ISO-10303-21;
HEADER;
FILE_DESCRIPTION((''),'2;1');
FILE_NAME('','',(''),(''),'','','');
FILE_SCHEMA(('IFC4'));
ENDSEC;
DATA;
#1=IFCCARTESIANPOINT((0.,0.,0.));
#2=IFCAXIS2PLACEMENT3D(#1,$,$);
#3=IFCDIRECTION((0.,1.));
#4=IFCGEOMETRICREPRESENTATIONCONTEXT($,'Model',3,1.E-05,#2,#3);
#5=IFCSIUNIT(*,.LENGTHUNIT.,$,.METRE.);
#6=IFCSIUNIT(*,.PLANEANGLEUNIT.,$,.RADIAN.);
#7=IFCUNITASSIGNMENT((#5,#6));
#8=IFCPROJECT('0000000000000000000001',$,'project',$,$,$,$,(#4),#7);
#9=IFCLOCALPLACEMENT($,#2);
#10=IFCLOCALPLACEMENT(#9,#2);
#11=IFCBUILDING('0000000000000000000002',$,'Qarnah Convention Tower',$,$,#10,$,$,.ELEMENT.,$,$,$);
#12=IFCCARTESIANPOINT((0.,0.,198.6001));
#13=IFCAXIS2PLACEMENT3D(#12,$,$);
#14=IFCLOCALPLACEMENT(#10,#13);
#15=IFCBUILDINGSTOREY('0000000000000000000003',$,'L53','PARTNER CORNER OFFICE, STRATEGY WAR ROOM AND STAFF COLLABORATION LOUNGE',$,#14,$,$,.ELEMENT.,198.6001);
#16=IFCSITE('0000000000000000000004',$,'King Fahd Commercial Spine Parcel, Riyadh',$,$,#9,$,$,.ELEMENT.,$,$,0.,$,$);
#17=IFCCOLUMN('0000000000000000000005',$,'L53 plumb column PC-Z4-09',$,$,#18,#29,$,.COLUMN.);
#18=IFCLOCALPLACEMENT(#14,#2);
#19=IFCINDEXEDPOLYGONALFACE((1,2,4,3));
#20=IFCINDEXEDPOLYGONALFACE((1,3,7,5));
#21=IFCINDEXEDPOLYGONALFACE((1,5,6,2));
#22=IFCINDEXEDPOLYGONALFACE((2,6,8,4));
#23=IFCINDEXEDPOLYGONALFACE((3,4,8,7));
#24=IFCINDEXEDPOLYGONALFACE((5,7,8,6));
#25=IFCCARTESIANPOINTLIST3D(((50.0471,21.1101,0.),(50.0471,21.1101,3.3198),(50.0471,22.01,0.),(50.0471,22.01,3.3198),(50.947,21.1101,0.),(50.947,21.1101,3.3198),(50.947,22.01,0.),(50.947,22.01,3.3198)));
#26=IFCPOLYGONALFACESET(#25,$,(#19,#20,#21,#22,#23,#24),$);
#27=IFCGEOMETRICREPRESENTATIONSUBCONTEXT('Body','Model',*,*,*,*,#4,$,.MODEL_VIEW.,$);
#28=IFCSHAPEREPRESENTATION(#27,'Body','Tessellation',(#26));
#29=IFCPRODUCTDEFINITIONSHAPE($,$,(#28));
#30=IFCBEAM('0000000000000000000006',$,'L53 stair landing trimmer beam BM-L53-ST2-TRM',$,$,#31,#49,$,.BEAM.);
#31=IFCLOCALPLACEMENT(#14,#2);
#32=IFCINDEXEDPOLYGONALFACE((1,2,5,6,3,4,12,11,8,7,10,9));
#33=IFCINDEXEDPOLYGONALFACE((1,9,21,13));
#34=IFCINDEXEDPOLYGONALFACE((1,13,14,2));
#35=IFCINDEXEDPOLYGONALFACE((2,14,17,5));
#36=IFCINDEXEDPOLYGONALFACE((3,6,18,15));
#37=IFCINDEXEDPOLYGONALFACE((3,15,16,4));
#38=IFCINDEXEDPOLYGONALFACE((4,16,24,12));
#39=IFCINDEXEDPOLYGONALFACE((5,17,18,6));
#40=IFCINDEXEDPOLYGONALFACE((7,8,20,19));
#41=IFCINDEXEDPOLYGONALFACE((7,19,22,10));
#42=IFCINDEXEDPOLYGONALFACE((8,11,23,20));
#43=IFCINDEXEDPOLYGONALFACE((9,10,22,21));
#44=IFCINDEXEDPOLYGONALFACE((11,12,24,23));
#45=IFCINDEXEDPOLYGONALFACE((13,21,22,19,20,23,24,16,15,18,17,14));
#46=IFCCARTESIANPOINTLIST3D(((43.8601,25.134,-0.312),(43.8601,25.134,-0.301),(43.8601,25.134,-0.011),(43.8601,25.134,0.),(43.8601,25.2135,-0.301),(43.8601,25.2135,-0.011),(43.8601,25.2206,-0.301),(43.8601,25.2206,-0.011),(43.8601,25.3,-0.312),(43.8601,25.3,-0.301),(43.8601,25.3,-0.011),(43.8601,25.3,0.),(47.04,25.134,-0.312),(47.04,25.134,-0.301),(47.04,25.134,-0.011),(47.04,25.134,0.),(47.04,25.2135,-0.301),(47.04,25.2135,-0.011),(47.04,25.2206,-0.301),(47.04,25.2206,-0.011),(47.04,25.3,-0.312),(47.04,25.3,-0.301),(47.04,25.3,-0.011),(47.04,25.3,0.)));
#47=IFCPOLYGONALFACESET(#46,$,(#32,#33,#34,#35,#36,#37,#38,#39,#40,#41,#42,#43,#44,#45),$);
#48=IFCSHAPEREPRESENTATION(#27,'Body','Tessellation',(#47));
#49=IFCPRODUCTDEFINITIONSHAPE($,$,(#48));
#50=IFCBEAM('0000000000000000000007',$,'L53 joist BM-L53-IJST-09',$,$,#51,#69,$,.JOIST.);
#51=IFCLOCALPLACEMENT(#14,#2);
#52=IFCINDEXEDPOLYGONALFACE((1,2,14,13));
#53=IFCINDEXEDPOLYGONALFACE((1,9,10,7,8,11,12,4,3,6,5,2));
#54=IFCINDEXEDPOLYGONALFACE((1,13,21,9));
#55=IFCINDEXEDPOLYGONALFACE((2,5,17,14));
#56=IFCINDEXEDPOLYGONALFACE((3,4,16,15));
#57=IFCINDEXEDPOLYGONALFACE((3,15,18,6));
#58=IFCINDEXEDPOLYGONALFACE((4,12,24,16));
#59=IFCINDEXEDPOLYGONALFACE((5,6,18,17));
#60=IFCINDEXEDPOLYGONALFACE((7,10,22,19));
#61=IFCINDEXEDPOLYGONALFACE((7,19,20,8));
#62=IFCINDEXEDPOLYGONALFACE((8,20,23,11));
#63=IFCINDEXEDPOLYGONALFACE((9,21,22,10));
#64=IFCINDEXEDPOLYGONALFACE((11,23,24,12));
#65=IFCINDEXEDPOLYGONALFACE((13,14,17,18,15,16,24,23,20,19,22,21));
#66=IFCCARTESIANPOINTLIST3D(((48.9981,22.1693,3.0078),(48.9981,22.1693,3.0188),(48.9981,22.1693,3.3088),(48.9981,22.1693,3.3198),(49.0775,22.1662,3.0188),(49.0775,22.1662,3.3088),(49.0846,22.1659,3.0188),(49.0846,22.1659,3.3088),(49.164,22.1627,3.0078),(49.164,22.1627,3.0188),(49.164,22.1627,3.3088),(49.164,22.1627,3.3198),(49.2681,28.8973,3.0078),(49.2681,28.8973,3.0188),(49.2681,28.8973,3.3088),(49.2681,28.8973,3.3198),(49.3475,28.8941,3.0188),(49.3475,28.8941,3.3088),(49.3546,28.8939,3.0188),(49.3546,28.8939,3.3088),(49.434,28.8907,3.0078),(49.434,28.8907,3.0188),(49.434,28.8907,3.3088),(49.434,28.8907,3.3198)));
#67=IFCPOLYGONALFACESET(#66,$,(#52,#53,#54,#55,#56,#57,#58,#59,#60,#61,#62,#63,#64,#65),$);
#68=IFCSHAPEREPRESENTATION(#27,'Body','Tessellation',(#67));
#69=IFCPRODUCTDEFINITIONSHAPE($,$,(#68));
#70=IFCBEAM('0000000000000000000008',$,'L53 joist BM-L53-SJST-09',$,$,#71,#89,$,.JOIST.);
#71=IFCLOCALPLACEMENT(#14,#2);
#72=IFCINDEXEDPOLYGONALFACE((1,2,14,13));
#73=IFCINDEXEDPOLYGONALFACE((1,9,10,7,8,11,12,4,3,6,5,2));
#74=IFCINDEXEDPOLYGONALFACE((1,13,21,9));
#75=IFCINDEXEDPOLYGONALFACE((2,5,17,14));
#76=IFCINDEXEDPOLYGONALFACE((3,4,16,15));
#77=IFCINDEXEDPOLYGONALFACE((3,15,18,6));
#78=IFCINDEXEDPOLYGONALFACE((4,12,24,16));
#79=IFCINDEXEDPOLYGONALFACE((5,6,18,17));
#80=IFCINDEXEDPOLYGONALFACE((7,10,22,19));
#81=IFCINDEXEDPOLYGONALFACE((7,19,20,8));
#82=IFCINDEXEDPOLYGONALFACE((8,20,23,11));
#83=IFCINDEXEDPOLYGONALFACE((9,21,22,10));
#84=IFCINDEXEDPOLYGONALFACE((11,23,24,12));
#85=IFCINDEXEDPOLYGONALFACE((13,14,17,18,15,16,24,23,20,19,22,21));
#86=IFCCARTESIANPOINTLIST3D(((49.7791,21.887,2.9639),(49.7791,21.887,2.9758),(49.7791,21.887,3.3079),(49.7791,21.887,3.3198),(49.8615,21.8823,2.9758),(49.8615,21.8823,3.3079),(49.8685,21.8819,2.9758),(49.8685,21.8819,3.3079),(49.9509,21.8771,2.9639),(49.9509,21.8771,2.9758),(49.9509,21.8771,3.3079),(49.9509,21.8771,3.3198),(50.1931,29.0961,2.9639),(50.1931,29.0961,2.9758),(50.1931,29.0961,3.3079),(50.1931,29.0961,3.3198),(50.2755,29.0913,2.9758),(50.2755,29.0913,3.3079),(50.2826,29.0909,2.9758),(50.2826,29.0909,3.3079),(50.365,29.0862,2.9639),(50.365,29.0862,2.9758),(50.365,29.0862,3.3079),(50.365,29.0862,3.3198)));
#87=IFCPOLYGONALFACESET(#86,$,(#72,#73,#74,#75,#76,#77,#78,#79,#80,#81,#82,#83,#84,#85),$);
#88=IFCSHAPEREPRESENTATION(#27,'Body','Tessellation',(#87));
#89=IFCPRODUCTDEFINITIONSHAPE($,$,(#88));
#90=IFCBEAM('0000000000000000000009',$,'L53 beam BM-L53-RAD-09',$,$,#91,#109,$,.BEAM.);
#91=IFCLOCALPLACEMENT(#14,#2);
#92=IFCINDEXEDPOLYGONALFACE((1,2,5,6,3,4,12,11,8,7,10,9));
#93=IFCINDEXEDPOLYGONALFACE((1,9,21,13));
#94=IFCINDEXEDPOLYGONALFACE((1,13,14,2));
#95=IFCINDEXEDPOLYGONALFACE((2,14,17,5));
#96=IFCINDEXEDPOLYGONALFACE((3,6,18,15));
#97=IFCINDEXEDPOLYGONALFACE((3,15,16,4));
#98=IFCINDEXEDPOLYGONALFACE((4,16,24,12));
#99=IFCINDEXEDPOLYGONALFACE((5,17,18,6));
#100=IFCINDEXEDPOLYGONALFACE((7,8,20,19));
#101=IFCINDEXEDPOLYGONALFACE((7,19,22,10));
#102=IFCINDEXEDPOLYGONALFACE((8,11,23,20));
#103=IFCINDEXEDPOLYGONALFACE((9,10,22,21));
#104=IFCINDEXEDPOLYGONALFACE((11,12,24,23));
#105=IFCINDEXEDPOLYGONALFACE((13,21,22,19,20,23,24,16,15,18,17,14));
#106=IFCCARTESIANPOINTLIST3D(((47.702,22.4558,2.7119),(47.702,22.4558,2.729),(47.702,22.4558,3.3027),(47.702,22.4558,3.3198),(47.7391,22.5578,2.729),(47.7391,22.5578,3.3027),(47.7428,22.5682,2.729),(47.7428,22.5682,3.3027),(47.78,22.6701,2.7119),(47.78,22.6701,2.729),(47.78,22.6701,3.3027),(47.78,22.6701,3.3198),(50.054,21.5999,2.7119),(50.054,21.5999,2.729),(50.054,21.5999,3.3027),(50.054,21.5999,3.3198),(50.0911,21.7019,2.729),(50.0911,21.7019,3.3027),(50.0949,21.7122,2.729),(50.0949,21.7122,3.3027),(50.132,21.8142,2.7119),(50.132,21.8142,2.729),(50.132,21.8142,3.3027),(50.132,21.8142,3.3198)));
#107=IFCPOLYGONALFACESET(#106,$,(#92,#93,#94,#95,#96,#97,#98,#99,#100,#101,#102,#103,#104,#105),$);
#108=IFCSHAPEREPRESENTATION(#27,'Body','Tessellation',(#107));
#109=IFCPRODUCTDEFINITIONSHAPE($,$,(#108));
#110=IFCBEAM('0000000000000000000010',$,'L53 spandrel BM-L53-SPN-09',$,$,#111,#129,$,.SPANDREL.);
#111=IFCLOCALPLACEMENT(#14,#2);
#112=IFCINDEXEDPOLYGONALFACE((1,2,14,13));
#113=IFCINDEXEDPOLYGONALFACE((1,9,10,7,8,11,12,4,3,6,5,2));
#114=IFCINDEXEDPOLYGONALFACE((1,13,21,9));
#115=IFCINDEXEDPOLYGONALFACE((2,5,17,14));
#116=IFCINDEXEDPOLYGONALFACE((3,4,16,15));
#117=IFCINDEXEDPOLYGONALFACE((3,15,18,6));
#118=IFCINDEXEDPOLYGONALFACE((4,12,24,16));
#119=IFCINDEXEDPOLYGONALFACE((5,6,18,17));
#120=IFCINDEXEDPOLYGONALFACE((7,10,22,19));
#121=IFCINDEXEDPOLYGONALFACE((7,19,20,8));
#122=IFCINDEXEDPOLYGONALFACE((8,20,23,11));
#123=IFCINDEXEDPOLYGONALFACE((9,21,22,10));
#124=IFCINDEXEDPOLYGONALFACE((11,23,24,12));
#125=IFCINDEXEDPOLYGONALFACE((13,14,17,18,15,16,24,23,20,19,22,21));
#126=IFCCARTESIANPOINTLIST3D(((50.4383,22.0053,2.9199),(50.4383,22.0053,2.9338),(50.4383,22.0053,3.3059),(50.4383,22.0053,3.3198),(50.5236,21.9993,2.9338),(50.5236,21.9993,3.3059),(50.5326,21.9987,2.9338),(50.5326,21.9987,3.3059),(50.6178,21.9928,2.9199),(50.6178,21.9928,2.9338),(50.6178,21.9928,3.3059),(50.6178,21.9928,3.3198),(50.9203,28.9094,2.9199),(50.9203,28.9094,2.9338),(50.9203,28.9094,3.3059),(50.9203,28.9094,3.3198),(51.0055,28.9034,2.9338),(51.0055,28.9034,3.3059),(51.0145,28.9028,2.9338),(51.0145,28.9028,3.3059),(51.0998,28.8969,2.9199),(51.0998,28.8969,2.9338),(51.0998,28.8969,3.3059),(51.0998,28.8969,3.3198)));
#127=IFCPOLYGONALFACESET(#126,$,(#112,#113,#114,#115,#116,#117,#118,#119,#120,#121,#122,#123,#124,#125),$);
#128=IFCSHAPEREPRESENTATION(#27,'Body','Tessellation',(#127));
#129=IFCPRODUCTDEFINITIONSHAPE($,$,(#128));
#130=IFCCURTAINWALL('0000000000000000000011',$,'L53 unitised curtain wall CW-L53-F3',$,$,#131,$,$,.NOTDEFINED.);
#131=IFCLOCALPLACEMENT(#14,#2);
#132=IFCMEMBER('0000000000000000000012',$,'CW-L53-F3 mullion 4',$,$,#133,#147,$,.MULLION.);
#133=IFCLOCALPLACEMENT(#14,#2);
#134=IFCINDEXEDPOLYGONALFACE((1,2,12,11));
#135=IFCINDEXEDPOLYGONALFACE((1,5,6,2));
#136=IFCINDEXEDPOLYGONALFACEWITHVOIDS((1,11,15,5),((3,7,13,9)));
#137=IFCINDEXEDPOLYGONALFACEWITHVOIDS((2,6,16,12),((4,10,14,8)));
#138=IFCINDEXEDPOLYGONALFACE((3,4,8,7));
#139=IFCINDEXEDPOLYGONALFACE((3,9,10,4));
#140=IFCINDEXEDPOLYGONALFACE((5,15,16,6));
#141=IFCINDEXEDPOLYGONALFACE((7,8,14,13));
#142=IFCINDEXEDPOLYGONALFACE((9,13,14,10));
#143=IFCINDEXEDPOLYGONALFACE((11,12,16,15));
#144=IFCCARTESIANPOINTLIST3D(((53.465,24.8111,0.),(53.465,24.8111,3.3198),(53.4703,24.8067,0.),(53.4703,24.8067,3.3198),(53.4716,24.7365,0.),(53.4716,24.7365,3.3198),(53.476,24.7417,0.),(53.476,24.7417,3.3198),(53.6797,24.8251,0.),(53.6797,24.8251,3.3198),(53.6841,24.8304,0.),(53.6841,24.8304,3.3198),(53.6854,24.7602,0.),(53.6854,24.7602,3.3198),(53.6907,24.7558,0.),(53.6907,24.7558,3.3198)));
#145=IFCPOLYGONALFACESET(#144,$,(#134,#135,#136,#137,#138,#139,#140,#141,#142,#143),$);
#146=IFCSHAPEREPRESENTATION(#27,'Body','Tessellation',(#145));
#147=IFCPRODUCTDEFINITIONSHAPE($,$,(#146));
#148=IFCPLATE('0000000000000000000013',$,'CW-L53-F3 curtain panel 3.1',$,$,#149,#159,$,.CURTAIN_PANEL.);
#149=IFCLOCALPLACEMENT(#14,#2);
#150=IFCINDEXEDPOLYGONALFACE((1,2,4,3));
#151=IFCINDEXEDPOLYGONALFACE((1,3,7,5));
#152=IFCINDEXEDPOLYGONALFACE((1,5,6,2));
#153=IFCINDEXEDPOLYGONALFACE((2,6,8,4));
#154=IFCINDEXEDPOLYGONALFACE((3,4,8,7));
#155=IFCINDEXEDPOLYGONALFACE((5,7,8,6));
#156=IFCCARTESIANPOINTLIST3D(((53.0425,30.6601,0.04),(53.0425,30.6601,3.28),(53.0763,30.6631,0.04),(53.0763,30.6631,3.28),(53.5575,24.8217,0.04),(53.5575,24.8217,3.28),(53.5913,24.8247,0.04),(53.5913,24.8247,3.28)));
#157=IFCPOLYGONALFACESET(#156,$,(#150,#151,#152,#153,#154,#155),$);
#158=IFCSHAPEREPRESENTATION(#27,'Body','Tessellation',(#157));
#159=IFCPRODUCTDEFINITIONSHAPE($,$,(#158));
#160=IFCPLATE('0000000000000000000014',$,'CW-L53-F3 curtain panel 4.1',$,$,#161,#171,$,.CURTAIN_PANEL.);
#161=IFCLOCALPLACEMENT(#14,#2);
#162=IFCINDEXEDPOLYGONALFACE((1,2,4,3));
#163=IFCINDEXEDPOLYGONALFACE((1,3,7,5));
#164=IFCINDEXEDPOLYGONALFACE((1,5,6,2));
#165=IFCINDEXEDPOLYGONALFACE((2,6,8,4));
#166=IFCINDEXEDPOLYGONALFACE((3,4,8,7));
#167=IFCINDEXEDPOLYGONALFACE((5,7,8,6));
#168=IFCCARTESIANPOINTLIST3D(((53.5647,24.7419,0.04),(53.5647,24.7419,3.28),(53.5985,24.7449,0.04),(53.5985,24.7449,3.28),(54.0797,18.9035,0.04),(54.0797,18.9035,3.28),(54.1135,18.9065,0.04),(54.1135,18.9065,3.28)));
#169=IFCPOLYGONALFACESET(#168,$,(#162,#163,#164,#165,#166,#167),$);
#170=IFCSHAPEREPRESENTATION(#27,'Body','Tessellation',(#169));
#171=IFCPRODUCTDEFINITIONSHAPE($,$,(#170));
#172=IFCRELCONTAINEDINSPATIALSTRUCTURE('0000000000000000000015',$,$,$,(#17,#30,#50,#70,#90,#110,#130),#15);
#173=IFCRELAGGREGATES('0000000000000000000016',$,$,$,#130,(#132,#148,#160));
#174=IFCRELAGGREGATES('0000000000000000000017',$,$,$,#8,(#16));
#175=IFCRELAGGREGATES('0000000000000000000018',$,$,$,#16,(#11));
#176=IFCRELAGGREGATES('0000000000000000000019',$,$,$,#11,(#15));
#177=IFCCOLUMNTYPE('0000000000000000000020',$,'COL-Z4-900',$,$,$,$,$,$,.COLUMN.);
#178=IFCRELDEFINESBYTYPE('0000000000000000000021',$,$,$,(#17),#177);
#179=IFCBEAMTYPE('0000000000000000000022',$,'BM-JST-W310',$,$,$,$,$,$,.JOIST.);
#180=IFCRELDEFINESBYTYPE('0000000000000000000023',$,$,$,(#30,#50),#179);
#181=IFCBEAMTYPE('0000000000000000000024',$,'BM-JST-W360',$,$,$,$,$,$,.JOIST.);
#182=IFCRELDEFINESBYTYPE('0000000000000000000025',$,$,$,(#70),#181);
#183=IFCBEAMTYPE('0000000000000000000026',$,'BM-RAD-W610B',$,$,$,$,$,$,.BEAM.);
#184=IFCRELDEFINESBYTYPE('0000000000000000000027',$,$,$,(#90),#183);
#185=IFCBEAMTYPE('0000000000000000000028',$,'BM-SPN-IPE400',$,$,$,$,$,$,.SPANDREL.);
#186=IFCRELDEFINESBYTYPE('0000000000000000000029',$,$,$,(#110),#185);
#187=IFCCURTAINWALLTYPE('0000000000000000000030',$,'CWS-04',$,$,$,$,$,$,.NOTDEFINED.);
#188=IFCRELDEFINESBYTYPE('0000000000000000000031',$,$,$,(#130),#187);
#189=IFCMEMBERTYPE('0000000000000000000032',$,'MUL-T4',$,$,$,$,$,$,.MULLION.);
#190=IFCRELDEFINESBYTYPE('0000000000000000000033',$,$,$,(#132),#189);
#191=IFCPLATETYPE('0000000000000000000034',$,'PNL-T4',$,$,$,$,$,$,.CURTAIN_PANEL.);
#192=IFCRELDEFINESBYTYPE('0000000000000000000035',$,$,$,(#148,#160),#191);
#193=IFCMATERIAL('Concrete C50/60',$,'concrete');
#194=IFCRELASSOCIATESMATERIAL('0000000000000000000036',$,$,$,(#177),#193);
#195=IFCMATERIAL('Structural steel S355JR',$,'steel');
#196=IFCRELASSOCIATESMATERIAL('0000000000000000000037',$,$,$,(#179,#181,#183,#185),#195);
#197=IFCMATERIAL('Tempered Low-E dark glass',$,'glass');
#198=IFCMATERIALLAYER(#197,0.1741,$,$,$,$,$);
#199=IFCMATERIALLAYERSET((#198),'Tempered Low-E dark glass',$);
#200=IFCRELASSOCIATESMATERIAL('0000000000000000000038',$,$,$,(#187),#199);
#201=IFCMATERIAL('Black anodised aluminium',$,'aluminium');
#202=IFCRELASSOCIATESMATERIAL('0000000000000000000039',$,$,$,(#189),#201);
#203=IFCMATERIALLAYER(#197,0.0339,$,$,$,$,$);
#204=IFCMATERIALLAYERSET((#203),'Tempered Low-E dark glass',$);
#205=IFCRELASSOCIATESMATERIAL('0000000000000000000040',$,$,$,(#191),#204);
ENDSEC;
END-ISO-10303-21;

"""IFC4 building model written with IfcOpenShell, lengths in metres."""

from ifc_helpers import new_model, si_unit, direction, frame, origin, origin_2d, place, context, subcontext, project, spatial, rectangle, hollow_rectangle, i_section, extrude, material, layer, layer_set, material_profile, profile_set, type_object, element, aggregate, save


model = new_model("IFC4")

# Units and contexts
model_context = context("Model", 3, precision=1e-05, world=origin(), true_north=direction((0.0, 1.0)))
body_context = subcontext(model_context, "Body", "Model", "MODEL_VIEW")
ifc_project = project(units=[si_unit("LENGTHUNIT", "METRE"), si_unit("PLANEANGLEUNIT", "RADIAN")], contexts=[model_context])

# Site, building, storey
site_placement = place(None, origin())
site = spatial("IfcSite", under=ifc_project, at=site_placement, Name="King Fahd Commercial Spine Parcel, Riyadh", CompositionType="ELEMENT", RefElevation=0.0)
building_placement = place(site_placement, origin())
building = spatial("IfcBuilding", under=site, at=building_placement, Name="Qarnah Convention Tower", CompositionType="ELEMENT")
storey_placement = place(building_placement, frame((0.0, 0.0, 198.6001)))
storey = spatial("IfcBuildingStorey", under=building, at=storey_placement, Name="L53", Description="PARTNER CORNER OFFICE, STRATEGY WAR ROOM AND STAFF COLLABORATION LOUNGE", CompositionType="ELEMENT", Elevation=198.6001)

# Column
ifc_material_1 = material(Name="Concrete C50/60", Category="concrete")
ifc_material_profile_1 = material_profile(ifc_material_1, rectangle(XDim=0.8999, YDim=0.8999, at=origin_2d()), Name="RC-COL-900X900")
ifc_profile_set_1 = profile_set([ifc_material_profile_1], Name="Concrete C50/60")
column_type = type_object("IfcColumnType", Name="COL-Z4-900", PredefinedType="COLUMN", material=ifc_profile_set_1)
column_placement = place(storey_placement, frame((50.4971, 21.5601, 0.0), z_axis=(0.0, 0.0, 1.0), x_axis=(1.0, 0.0, 0.0)))
element("IfcColumn", 1, at=column_placement, inside=storey, type_object=column_type, Name="L53 plumb column PC-Z4-09", PredefinedType="COLUMN", context=body_context, shape_type="SweptSolid", body=[
    extrude(rectangle(XDim=0.8999, YDim=0.8999, at=origin_2d()), origin(), (0.0, 0.0, 1.0), 3.3198),
])

# Beams
ifc_material_2 = material(Name="Structural steel S355JR", Category="steel")
ifc_material_profile_2 = material_profile(ifc_material_2, i_section(OverallWidth=0.166, OverallDepth=0.312, WebThickness=0.0071, FlangeThickness=0.011, at=origin_2d()), Name="W310X45")
ifc_profile_set_2 = profile_set([ifc_material_profile_2], Name="Structural steel S355JR")
beam_type_1 = type_object("IfcBeamType", Name="BM-JST-W310", PredefinedType="JOIST", material=ifc_profile_set_2)
beam_1_placement = place(storey_placement, frame((43.8601, 25.217, -0.156), z_axis=(1.0, 0.0, 0.0), x_axis=(0.0, 1.0, 0.0)))
element("IfcBeam", 2, at=beam_1_placement, inside=storey, type_object=beam_type_1, Name="L53 stair landing trimmer beam BM-L53-ST2-TRM", PredefinedType="BEAM", context=body_context, shape_type="SweptSolid", body=[
    extrude(i_section(OverallWidth=0.166, OverallDepth=0.312, WebThickness=0.0071, FlangeThickness=0.011, at=origin_2d()), origin(), (0.0, 0.0, 1.0), 3.1799),
])
beam_2_placement = place(storey_placement, frame((49.0811, 22.166, 3.1638), z_axis=(0.040101, 0.999196, 0.0), x_axis=(-0.999196, 0.040101, 0.0)))
element("IfcBeam", 3, at=beam_2_placement, inside=storey, type_object=beam_type_1, Name="L53 joist BM-L53-IJST-09", PredefinedType="JOIST", context=body_context, shape_type="SweptSolid", body=[
    extrude(i_section(OverallWidth=0.166, OverallDepth=0.312, WebThickness=0.0071, FlangeThickness=0.011, at=origin_2d()), origin(), (0.0, 0.0, 1.0), 6.7334),
])
ifc_material_profile_3 = material_profile(ifc_material_2, i_section(OverallWidth=0.1721, OverallDepth=0.356, WebThickness=0.0071, FlangeThickness=0.012, at=origin_2d()), Name="W360X51")
ifc_profile_set_3 = profile_set([ifc_material_profile_3], Name="Structural steel S355JR")
beam_type_2 = type_object("IfcBeamType", Name="BM-JST-W360", PredefinedType="JOIST", material=ifc_profile_set_3)
beam_3_placement = place(storey_placement, frame((49.865, 21.8821, 3.1418), z_axis=(0.057343, 0.998355, 0.0), x_axis=(-0.998355, 0.057343, 0.0)))
element("IfcBeam", 4, at=beam_3_placement, inside=storey, type_object=beam_type_2, Name="L53 joist BM-L53-SJST-09", PredefinedType="JOIST", context=body_context, shape_type="SweptSolid", body=[
    extrude(i_section(OverallWidth=0.1721, OverallDepth=0.356, WebThickness=0.0071, FlangeThickness=0.012, at=origin_2d()), origin(), (0.0, 0.0, 1.0), 7.2209),
])
ifc_material_profile_4 = material_profile(ifc_material_2, i_section(OverallWidth=0.228, OverallDepth=0.6079, WebThickness=0.011, FlangeThickness=0.0171, at=origin_2d()), Name="W610X113")
ifc_profile_set_4 = profile_set([ifc_material_profile_4], Name="Structural steel S355JR")
beam_type_3 = type_object("IfcBeamType", Name="BM-RAD-W610B", PredefinedType="BEAM", material=ifc_profile_set_4)
beam_4_placement = place(storey_placement, frame((47.741, 22.563, 3.0159), z_axis=(0.939708, -0.341978, 0.0), x_axis=(0.341978, 0.939708, 0.0)))
element("IfcBeam", 5, at=beam_4_placement, inside=storey, type_object=beam_type_3, Name="L53 beam BM-L53-RAD-09", PredefinedType="BEAM", context=body_context, shape_type="SweptSolid", body=[
    extrude(i_section(OverallWidth=0.228, OverallDepth=0.6079, WebThickness=0.011, FlangeThickness=0.0171, at=origin_2d()), origin(), (0.0, 0.0, 1.0), 2.5029),
])
ifc_material_profile_5 = material_profile(ifc_material_2, i_section(OverallWidth=0.1799, OverallDepth=0.3999, WebThickness=0.009, FlangeThickness=0.0139, at=origin_2d()), Name="IPE400")
ifc_profile_set_5 = profile_set([ifc_material_profile_5], Name="Structural steel S355JR")
beam_type_4 = type_object("IfcBeamType", Name="BM-SPN-IPE400", PredefinedType="SPANDREL", material=ifc_profile_set_5)
beam_5_placement = place(storey_placement, frame((50.5281, 21.999, 3.1199), z_axis=(0.069635, 0.997573, 0.0), x_axis=(-0.997573, 0.069635, 0.0)))
element("IfcBeam", 6, at=beam_5_placement, inside=storey, type_object=beam_type_4, Name="L53 spandrel BM-L53-SPN-09", PredefinedType="SPANDREL", context=body_context, shape_type="SweptSolid", body=[
    extrude(i_section(OverallWidth=0.1799, OverallDepth=0.3999, WebThickness=0.009, FlangeThickness=0.0139, at=origin_2d()), origin(), (0.0, 0.0, 1.0), 6.9209),
])

# Curtain wall, member, plates
ifc_material_3 = material(Name="Tempered Low-E dark glass", Category="glass")
ifc_layer_1 = layer(ifc_material_3, 0.1741)
ifc_layer_set_1 = layer_set([ifc_layer_1], Name="Tempered Low-E dark glass")
curtain_wall_type = type_object("IfcCurtainWallType", Name="CWS-04", PredefinedType="NOTDEFINED", material=ifc_layer_set_1)
curtain_wall_placement = place(storey_placement, origin())
curtain_wall = element("IfcCurtainWall", 7, at=curtain_wall_placement, inside=storey, type_object=curtain_wall_type, Name="L53 unitised curtain wall CW-L53-F3", PredefinedType="NOTDEFINED")
ifc_material_4 = material(Name="Black anodised aluminium", Category="aluminium")
ifc_material_profile_6 = material_profile(ifc_material_4, hollow_rectangle(XDim=0.075, YDim=0.22, WallThickness=0.0049, at=origin_2d()), Name="MUL-75X220")
ifc_profile_set_6 = profile_set([ifc_material_profile_6], Name="Black anodised aluminium")
member_type = type_object("IfcMemberType", Name="MUL-T4", PredefinedType="MULLION", material=ifc_profile_set_6)
member_placement = place(storey_placement, frame((53.5779, 24.7834, 0.0), z_axis=(0.0, 0.0, 1.0), x_axis=(0.087861, -0.996133, 0.0)))
member = element("IfcMember", 8, at=member_placement, type_object=member_type, Name="CW-L53-F3 mullion 4", PredefinedType="MULLION", context=body_context, shape_type="SweptSolid", body=[
    extrude(hollow_rectangle(XDim=0.075, YDim=0.22, WallThickness=0.0049, at=origin_2d()), origin(), (0.0, 0.0, 1.0), 3.3198),
])
ifc_layer_2 = layer(ifc_material_3, 0.0339)
ifc_layer_set_2 = layer_set([ifc_layer_2], Name="Tempered Low-E dark glass")
plate_type = type_object("IfcPlateType", Name="PNL-T4", PredefinedType="CURTAIN_PANEL", material=ifc_layer_set_2)
plate_1_placement = place(storey_placement, frame((53.3169, 27.7424, 0.04), z_axis=(0.0, 0.0, 1.0), x_axis=(0.087861, -0.996133, 0.0)))
plate_1 = element("IfcPlate", 9, at=plate_1_placement, type_object=plate_type, Name="CW-L53-F3 curtain panel 3.1", PredefinedType="CURTAIN_PANEL", context=body_context, shape_type="SweptSolid", body=[
    extrude(rectangle(XDim=5.8611, YDim=0.0339, at=origin_2d()), origin(), (0.0, 0.0, 1.0), 3.24),
])
plate_2_placement = place(storey_placement, frame((53.8391, 21.8242, 0.04), z_axis=(0.0, 0.0, 1.0), x_axis=(0.087861, -0.996133, 0.0)))
plate_2 = element("IfcPlate", 10, at=plate_2_placement, type_object=plate_type, Name="CW-L53-F3 curtain panel 4.1", PredefinedType="CURTAIN_PANEL", context=body_context, shape_type="SweptSolid", body=[
    extrude(rectangle(XDim=5.8611, YDim=0.0339, at=origin_2d()), origin(), (0.0, 0.0, 1.0), 3.24),
])
aggregate(curtain_wall, [member, plate_1, plate_2])

save(model, "model.ifc")
